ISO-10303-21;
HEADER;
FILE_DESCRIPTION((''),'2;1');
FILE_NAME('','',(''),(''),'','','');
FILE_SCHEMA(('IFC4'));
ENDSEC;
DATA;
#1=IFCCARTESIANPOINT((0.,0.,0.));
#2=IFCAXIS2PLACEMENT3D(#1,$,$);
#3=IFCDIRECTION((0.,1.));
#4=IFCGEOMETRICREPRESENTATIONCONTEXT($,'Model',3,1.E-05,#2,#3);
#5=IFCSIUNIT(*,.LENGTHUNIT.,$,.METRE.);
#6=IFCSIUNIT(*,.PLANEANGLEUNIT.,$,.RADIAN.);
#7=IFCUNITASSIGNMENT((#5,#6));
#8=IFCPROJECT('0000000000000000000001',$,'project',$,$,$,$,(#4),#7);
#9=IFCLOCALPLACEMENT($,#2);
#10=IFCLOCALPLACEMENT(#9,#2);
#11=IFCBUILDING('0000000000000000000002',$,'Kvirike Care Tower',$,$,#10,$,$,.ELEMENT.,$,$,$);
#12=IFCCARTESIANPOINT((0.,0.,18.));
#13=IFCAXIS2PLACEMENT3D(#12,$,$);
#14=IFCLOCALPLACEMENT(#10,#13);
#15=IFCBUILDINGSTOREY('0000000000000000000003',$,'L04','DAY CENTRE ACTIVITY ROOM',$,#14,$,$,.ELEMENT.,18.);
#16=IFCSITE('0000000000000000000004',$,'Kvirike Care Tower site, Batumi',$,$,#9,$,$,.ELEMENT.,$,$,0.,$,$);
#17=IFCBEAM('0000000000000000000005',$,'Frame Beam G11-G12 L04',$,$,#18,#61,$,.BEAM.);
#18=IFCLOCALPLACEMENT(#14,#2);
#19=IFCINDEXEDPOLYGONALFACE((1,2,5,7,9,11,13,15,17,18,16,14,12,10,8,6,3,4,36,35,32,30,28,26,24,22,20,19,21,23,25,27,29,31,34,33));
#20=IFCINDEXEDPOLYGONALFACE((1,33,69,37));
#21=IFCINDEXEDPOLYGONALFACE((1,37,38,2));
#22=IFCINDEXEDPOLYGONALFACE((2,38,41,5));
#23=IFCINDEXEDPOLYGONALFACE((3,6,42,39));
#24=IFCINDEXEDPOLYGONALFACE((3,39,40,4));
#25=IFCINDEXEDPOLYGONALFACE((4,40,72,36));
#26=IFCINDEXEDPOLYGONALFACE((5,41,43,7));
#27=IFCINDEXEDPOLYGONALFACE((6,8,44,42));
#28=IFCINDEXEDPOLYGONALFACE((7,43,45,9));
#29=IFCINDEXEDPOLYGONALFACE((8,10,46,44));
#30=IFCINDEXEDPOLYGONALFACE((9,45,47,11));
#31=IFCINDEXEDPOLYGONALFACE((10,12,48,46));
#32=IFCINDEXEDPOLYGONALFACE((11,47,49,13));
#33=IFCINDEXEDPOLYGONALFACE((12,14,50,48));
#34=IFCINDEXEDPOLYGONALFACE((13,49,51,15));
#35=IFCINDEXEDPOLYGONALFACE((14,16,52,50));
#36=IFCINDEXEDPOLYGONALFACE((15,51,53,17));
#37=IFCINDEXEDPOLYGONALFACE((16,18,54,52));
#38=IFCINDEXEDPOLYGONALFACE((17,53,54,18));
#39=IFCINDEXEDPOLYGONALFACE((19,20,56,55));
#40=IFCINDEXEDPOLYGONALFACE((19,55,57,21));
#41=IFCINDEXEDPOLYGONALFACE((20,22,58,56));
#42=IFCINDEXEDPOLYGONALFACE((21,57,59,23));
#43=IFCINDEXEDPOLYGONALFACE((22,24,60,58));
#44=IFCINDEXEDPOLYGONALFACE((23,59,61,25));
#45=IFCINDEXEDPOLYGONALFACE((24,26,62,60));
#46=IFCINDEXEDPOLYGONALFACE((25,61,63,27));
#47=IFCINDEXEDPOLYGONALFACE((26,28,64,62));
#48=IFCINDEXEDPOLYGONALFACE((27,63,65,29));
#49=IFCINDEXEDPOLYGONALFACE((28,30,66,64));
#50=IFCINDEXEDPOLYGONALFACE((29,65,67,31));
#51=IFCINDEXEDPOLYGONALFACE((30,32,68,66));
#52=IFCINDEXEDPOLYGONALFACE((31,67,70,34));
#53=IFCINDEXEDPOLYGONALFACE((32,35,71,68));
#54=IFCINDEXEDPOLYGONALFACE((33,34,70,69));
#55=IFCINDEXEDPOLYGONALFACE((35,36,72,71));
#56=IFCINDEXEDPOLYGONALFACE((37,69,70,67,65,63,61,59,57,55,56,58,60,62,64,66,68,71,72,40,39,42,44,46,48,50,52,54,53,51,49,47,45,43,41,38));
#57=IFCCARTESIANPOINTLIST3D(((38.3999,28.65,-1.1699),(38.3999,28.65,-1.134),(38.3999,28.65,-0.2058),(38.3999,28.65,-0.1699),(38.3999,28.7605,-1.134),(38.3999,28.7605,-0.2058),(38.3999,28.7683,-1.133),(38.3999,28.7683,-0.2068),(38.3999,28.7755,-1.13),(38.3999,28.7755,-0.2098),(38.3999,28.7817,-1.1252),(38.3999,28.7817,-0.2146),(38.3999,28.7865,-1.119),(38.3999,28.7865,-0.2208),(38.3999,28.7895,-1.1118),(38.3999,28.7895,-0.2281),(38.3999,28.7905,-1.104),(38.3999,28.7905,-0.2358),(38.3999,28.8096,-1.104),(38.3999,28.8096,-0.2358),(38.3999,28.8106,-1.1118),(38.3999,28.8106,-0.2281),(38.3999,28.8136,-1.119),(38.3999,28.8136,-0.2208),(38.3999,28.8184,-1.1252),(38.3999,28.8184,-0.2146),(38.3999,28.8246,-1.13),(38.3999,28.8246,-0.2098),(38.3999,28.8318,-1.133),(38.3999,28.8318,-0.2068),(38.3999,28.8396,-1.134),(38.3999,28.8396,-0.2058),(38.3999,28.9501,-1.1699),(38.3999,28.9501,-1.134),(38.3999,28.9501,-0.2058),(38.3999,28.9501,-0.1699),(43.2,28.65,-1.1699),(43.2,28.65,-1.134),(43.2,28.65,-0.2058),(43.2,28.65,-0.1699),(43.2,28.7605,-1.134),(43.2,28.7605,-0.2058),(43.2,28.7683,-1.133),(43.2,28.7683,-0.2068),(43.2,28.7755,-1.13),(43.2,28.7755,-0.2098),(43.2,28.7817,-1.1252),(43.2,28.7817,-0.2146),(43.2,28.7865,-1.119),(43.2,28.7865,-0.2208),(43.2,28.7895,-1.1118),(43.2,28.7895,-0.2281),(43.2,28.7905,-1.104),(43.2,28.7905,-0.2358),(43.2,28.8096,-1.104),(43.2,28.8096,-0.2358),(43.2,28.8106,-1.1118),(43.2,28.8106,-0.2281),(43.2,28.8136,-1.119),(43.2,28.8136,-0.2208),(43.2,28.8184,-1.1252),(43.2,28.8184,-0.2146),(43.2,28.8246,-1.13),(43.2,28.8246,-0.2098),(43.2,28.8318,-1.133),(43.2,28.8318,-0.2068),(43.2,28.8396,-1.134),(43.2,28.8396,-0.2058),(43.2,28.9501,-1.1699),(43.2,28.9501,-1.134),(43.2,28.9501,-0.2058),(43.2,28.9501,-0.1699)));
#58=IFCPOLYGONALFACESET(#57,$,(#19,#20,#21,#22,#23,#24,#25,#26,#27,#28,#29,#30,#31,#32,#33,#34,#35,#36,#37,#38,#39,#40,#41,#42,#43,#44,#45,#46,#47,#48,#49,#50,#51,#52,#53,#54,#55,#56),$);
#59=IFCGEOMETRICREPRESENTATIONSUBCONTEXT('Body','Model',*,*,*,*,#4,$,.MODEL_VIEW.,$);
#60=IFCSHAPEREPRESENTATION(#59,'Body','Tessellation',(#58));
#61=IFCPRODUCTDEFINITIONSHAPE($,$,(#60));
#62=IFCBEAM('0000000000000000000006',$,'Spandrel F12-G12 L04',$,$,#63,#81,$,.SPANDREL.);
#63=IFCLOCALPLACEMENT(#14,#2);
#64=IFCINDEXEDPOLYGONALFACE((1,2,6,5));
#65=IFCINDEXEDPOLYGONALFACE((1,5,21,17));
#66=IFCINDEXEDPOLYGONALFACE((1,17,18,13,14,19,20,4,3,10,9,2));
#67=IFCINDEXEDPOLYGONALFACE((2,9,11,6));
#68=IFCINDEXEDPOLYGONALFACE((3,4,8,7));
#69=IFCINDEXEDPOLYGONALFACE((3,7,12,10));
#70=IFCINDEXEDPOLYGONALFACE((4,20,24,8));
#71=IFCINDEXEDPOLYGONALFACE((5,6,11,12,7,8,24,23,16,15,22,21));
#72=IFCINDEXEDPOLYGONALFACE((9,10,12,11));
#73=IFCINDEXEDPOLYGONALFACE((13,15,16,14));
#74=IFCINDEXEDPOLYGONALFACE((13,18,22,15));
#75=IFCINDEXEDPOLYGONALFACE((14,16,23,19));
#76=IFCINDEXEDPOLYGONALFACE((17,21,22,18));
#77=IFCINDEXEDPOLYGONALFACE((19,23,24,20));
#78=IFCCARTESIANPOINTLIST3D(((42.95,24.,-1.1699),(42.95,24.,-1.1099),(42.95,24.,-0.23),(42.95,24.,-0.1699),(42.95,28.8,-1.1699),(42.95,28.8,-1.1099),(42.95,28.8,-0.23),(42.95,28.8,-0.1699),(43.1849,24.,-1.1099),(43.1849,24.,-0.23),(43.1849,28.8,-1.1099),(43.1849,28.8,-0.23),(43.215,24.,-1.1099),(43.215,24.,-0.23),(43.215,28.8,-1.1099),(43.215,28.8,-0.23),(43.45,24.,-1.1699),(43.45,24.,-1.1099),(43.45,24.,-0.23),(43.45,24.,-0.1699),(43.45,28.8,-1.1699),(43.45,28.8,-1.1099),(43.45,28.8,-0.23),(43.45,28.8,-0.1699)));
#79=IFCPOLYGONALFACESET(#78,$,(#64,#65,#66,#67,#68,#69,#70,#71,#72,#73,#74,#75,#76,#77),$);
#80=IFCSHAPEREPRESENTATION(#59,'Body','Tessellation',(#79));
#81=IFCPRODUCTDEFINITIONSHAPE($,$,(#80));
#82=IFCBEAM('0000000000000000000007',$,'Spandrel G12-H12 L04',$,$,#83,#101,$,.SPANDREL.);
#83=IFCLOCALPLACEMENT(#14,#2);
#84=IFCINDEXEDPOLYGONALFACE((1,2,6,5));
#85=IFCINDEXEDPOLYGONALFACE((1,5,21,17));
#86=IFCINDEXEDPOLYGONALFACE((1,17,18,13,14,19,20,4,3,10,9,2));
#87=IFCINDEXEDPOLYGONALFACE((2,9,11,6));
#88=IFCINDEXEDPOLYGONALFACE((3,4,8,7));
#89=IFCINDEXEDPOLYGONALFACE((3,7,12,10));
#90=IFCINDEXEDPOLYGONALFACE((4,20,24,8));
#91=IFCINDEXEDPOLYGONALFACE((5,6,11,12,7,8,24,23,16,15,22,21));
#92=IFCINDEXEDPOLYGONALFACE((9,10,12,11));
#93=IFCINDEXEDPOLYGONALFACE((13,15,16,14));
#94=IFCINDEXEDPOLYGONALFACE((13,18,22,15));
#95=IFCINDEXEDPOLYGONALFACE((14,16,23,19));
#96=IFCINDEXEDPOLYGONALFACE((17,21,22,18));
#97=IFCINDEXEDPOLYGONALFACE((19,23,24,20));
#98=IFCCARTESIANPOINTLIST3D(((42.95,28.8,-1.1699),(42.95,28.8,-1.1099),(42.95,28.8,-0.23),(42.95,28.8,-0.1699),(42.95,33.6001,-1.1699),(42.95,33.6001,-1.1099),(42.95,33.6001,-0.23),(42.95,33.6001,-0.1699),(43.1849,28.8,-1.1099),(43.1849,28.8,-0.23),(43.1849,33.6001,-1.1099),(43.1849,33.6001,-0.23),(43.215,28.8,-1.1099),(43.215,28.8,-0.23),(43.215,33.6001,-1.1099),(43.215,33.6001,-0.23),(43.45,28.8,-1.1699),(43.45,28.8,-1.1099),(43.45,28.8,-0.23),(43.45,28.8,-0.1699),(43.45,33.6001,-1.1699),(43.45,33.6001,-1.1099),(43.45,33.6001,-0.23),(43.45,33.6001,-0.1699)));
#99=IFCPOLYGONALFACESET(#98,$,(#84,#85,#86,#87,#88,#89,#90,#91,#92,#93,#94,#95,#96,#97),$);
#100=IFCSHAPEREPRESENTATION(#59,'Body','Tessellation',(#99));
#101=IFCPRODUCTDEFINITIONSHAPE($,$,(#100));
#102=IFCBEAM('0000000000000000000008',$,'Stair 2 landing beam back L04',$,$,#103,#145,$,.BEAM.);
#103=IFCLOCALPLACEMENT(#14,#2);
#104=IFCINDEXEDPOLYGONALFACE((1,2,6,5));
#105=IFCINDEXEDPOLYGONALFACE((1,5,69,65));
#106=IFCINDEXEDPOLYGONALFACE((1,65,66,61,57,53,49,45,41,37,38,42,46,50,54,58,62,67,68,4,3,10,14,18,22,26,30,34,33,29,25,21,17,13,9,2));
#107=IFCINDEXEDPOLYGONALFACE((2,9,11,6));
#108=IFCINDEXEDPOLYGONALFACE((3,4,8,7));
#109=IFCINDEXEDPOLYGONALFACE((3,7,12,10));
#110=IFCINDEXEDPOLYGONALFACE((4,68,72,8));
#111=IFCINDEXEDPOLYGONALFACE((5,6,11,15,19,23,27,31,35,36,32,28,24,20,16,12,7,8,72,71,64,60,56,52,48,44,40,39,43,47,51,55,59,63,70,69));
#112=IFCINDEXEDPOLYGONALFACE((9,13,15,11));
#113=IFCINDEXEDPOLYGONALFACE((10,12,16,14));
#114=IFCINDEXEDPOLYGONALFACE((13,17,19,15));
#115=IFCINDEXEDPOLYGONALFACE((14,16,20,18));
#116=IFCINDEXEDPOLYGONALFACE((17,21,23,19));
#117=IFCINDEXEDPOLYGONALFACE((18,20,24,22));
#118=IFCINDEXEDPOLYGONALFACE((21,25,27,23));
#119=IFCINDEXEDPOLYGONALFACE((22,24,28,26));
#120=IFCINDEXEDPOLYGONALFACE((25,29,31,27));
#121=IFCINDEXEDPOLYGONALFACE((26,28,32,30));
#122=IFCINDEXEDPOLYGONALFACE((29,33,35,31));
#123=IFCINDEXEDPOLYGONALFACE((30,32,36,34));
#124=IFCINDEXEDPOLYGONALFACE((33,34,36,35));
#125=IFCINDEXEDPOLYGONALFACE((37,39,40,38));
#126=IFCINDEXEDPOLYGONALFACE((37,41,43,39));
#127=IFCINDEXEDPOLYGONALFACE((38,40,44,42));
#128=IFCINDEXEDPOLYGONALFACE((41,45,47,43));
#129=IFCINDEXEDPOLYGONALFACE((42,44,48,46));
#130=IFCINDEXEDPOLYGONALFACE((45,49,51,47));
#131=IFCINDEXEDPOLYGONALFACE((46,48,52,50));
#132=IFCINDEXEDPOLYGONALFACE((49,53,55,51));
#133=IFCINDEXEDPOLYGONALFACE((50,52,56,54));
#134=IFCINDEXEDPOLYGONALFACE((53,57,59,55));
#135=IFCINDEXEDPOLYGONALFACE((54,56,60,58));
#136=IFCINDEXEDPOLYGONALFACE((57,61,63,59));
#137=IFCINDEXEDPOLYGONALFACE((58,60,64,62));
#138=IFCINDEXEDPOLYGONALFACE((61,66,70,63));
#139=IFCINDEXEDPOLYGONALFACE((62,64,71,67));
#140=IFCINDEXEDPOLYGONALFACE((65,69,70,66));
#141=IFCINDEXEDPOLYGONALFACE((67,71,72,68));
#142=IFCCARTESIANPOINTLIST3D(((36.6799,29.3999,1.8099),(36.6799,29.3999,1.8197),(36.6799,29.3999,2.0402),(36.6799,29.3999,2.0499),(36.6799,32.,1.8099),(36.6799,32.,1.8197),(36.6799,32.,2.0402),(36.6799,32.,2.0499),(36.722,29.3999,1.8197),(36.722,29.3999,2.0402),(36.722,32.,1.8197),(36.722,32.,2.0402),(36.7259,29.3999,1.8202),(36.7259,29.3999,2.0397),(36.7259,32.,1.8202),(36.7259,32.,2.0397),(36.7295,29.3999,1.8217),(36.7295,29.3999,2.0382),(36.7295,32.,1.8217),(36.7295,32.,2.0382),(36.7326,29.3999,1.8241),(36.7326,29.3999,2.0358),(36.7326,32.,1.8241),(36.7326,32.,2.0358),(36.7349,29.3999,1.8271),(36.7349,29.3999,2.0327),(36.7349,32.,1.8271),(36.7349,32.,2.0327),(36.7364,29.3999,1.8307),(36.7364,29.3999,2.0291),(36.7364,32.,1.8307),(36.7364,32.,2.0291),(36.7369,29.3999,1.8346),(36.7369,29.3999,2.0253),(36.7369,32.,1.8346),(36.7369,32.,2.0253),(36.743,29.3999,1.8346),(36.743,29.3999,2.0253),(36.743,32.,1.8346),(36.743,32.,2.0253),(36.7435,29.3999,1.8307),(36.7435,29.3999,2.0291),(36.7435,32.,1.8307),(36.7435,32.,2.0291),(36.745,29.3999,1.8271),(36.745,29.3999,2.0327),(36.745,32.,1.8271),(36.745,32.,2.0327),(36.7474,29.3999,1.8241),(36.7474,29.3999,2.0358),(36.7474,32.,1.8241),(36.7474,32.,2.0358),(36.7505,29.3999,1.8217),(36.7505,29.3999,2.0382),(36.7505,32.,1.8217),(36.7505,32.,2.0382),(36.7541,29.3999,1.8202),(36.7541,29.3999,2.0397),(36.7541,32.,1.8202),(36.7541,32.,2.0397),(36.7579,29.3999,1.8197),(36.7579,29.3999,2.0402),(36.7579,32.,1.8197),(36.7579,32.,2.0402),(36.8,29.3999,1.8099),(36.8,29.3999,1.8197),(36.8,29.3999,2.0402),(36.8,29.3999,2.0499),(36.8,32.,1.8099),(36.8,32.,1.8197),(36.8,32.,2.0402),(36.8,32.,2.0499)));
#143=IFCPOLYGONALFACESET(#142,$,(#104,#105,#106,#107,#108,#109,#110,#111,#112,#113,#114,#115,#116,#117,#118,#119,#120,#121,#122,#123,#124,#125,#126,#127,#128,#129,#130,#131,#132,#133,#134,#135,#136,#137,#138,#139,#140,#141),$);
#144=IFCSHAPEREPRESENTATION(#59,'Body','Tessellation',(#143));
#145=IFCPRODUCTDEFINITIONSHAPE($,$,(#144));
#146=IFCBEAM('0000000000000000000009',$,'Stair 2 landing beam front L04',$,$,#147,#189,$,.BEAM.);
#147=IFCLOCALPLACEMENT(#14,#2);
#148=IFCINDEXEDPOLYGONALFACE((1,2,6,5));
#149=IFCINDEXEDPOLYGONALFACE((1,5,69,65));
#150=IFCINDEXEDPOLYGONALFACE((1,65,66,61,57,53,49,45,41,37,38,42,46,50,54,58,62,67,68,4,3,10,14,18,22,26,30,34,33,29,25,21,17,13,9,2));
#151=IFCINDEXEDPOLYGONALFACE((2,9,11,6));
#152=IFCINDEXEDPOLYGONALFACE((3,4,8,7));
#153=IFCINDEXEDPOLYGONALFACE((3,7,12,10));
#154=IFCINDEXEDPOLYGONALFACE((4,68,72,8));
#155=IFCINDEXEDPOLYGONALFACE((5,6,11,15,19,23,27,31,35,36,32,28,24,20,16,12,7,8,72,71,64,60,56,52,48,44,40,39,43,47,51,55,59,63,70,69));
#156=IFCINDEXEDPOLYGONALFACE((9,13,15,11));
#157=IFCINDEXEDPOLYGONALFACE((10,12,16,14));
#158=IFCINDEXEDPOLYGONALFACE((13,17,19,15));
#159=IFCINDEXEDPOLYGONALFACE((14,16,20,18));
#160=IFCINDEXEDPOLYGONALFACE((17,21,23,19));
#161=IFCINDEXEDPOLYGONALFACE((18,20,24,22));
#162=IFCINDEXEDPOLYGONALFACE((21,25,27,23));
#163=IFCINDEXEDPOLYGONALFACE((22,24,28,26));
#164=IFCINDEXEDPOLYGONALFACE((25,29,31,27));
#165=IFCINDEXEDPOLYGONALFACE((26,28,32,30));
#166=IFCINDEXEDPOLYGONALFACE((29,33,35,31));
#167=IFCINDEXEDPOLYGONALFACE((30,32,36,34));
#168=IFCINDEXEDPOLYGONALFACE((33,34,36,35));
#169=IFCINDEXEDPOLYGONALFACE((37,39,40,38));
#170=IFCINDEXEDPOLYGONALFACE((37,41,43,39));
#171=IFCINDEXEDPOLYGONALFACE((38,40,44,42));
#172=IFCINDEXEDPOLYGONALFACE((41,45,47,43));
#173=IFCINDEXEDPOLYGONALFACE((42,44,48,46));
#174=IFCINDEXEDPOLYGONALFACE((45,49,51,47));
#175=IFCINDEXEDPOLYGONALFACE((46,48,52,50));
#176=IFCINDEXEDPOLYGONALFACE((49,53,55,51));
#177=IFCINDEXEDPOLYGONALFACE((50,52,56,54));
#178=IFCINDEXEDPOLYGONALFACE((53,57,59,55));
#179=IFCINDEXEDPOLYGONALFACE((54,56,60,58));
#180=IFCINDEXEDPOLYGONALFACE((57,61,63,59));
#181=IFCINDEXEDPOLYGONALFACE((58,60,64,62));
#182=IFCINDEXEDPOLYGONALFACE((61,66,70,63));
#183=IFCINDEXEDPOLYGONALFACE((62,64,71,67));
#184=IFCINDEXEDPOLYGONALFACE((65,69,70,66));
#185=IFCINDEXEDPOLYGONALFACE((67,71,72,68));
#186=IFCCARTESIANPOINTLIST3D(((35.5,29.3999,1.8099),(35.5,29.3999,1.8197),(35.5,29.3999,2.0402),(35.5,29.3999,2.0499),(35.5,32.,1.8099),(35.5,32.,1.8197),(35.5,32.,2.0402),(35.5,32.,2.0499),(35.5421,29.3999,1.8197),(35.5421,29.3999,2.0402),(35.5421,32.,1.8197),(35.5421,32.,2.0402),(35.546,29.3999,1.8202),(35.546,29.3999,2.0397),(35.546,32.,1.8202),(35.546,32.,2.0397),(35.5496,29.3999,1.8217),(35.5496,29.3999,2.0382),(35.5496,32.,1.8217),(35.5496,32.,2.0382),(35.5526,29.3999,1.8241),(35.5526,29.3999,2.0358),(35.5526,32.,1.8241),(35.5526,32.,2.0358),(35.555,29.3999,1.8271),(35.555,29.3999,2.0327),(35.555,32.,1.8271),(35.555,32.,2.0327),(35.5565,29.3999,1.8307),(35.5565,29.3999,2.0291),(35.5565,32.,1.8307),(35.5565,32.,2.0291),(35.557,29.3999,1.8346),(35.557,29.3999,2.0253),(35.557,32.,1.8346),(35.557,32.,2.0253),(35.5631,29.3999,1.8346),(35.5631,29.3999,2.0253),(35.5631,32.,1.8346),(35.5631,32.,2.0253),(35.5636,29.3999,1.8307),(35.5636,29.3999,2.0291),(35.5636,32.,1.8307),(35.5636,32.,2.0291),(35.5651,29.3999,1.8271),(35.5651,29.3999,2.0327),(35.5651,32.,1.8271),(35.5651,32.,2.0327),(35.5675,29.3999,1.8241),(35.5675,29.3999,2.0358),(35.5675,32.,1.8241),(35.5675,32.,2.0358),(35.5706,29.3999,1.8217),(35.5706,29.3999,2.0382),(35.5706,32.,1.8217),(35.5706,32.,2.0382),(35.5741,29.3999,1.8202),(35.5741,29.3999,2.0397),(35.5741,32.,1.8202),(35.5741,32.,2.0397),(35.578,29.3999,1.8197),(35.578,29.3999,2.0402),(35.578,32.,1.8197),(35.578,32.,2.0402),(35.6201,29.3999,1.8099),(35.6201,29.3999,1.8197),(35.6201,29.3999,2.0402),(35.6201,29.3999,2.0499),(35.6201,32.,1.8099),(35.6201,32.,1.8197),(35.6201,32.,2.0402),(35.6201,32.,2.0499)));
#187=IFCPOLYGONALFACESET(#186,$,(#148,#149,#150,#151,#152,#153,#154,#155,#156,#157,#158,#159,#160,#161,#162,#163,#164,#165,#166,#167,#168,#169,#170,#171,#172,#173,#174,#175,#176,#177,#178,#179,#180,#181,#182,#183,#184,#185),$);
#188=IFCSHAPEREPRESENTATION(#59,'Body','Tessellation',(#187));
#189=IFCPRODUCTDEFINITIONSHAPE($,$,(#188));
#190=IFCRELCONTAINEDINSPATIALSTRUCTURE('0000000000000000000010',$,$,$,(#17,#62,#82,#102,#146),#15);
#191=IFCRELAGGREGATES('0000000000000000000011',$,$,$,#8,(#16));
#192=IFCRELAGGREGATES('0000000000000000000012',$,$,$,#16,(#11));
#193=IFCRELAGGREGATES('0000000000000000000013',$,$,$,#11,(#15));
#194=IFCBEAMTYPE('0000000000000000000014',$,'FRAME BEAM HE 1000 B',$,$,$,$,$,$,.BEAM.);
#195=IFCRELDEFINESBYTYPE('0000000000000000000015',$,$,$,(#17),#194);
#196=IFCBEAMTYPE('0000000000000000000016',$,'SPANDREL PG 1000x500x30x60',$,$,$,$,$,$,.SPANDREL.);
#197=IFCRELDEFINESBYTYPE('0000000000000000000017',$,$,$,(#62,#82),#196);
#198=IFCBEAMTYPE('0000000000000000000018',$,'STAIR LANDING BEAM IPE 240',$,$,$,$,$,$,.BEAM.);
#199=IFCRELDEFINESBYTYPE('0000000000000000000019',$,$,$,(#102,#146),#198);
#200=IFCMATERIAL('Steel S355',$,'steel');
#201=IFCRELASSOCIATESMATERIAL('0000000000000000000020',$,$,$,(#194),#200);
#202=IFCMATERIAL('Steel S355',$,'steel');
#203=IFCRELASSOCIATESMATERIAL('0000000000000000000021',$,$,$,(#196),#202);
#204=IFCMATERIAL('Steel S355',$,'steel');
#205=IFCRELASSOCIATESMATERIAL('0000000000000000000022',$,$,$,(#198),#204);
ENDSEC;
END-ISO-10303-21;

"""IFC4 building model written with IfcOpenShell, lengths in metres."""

from ifc_helpers import new_model, si_unit, direction, frame, origin, origin_2d, place, context, subcontext, project, spatial, i_section, extrude, material, material_profile, profile_set, type_object, element, save


model = new_model("IFC4")

# Units and contexts
model_context = context("Model", 3, precision=1e-05, world=origin(), true_north=direction((0.0, 1.0)))
body_context = subcontext(model_context, "Body", "Model", "MODEL_VIEW")
ifc_project = project(units=[si_unit("LENGTHUNIT", "METRE"), si_unit("PLANEANGLEUNIT", "RADIAN")], contexts=[model_context])

# Site, building, storey
site_placement = place(None, origin())
site = spatial("IfcSite", under=ifc_project, at=site_placement, Name="Kvirike Care Tower site, Batumi", CompositionType="ELEMENT", RefElevation=0.0)
building_placement = place(site_placement, origin())
building = spatial("IfcBuilding", under=site, at=building_placement, Name="Kvirike Care Tower", CompositionType="ELEMENT")
storey_placement = place(building_placement, frame((0.0, 0.0, 18.0)))
storey = spatial("IfcBuildingStorey", under=building, at=storey_placement, Name="L04", Description="DAY CENTRE ACTIVITY ROOM", CompositionType="ELEMENT", Elevation=18.0)

# Beams
ifc_material_1 = material(Name="Steel S355", Category="steel")
ifc_material_profile_1 = material_profile(ifc_material_1, i_section(OverallWidth=0.3, OverallDepth=1.0, WebThickness=0.019, FlangeThickness=0.0359, FilletRadius=0.03, at=origin_2d()), Name="HE 1000 B")
ifc_profile_set_1 = profile_set([ifc_material_profile_1], Name="Steel S355")
beam_type_1 = type_object("IfcBeamType", Name="FRAME BEAM HE 1000 B", PredefinedType="BEAM", material=ifc_profile_set_1)
beam_placement = place(storey_placement, frame((38.3999, 28.8, -0.6699), z_axis=(1.0, 0.0, 0.0), x_axis=(0.0, 1.0, 0.0)))
element("IfcBeam", 1, at=beam_placement, inside=storey, type_object=beam_type_1, Name="Frame Beam G11-G12 L04", PredefinedType="BEAM", context=body_context, shape_type="SweptSolid", body=[
    extrude(i_section(OverallWidth=0.3, OverallDepth=1.0, WebThickness=0.019, FlangeThickness=0.0359, FilletRadius=0.03, at=origin_2d()), origin(), (0.0, 0.0, 1.0), 4.8),
])
ifc_material_2 = material(Name="Steel S355", Category="steel")
ifc_material_profile_2 = material_profile(ifc_material_2, i_section(OverallWidth=0.5, OverallDepth=1.0, WebThickness=0.03, FlangeThickness=0.0601, at=origin_2d()), Name="PG 1000x500x30x60")
ifc_profile_set_2 = profile_set([ifc_material_profile_2], Name="Steel S355")
beam_type_2 = type_object("IfcBeamType", Name="SPANDREL PG 1000x500x30x60", PredefinedType="SPANDREL", material=ifc_profile_set_2)
for number, where, z_axis, x_axis, name in (
    (2, (43.2, 24.0, -0.6699), (0.0, 1.0, 0.0), (-1.0, 0.0, 0.0), "Spandrel F12-G12 L04"),
    (3, (43.2, 28.8, -0.6699), (0.0, 1.0, 0.0), (-1.0, 0.0, 0.0), "Spandrel G12-H12 L04"),
):
    element("IfcBeam", number, at=place(storey_placement, frame(where, z_axis=z_axis, x_axis=x_axis)), inside=storey, type_object=beam_type_2, Name=name, PredefinedType="SPANDREL", context=body_context, shape_type="SweptSolid", body=[
        extrude(i_section(OverallWidth=0.5, OverallDepth=1.0, WebThickness=0.03, FlangeThickness=0.0601, at=origin_2d()), origin(), (0.0, 0.0, 1.0), 4.8),
    ])
ifc_material_3 = material(Name="Steel S355", Category="steel")
ifc_material_profile_3 = material_profile(ifc_material_3, i_section(OverallWidth=0.1201, OverallDepth=0.24, WebThickness=0.0061, FlangeThickness=0.0098, FilletRadius=0.0149, at=origin_2d()), Name="IPE 240")
ifc_profile_set_3 = profile_set([ifc_material_profile_3], Name="Steel S355")
beam_type_3 = type_object("IfcBeamType", Name="STAIR LANDING BEAM IPE 240", PredefinedType="BEAM", material=ifc_profile_set_3)
for number, where, z_axis, x_axis, name in (
    (4, (36.74, 29.3999, 1.9299), (0.0, 1.0, 0.0), (-1.0, 0.0, 0.0), "Stair 2 landing beam back L04"),
    (5, (35.5601, 29.3999, 1.9299), (0.0, 1.0, 0.0), (-1.0, 0.0, 0.0), "Stair 2 landing beam front L04"),
):
    element("IfcBeam", number, at=place(storey_placement, frame(where, z_axis=z_axis, x_axis=x_axis)), inside=storey, type_object=beam_type_3, Name=name, PredefinedType="BEAM", context=body_context, shape_type="SweptSolid", body=[
        extrude(i_section(OverallWidth=0.1201, OverallDepth=0.24, WebThickness=0.0061, FlangeThickness=0.0098, FilletRadius=0.0149, at=origin_2d()), origin(), (0.0, 0.0, 1.0), 2.6001),
    ])

save(model, "model.ifc")
